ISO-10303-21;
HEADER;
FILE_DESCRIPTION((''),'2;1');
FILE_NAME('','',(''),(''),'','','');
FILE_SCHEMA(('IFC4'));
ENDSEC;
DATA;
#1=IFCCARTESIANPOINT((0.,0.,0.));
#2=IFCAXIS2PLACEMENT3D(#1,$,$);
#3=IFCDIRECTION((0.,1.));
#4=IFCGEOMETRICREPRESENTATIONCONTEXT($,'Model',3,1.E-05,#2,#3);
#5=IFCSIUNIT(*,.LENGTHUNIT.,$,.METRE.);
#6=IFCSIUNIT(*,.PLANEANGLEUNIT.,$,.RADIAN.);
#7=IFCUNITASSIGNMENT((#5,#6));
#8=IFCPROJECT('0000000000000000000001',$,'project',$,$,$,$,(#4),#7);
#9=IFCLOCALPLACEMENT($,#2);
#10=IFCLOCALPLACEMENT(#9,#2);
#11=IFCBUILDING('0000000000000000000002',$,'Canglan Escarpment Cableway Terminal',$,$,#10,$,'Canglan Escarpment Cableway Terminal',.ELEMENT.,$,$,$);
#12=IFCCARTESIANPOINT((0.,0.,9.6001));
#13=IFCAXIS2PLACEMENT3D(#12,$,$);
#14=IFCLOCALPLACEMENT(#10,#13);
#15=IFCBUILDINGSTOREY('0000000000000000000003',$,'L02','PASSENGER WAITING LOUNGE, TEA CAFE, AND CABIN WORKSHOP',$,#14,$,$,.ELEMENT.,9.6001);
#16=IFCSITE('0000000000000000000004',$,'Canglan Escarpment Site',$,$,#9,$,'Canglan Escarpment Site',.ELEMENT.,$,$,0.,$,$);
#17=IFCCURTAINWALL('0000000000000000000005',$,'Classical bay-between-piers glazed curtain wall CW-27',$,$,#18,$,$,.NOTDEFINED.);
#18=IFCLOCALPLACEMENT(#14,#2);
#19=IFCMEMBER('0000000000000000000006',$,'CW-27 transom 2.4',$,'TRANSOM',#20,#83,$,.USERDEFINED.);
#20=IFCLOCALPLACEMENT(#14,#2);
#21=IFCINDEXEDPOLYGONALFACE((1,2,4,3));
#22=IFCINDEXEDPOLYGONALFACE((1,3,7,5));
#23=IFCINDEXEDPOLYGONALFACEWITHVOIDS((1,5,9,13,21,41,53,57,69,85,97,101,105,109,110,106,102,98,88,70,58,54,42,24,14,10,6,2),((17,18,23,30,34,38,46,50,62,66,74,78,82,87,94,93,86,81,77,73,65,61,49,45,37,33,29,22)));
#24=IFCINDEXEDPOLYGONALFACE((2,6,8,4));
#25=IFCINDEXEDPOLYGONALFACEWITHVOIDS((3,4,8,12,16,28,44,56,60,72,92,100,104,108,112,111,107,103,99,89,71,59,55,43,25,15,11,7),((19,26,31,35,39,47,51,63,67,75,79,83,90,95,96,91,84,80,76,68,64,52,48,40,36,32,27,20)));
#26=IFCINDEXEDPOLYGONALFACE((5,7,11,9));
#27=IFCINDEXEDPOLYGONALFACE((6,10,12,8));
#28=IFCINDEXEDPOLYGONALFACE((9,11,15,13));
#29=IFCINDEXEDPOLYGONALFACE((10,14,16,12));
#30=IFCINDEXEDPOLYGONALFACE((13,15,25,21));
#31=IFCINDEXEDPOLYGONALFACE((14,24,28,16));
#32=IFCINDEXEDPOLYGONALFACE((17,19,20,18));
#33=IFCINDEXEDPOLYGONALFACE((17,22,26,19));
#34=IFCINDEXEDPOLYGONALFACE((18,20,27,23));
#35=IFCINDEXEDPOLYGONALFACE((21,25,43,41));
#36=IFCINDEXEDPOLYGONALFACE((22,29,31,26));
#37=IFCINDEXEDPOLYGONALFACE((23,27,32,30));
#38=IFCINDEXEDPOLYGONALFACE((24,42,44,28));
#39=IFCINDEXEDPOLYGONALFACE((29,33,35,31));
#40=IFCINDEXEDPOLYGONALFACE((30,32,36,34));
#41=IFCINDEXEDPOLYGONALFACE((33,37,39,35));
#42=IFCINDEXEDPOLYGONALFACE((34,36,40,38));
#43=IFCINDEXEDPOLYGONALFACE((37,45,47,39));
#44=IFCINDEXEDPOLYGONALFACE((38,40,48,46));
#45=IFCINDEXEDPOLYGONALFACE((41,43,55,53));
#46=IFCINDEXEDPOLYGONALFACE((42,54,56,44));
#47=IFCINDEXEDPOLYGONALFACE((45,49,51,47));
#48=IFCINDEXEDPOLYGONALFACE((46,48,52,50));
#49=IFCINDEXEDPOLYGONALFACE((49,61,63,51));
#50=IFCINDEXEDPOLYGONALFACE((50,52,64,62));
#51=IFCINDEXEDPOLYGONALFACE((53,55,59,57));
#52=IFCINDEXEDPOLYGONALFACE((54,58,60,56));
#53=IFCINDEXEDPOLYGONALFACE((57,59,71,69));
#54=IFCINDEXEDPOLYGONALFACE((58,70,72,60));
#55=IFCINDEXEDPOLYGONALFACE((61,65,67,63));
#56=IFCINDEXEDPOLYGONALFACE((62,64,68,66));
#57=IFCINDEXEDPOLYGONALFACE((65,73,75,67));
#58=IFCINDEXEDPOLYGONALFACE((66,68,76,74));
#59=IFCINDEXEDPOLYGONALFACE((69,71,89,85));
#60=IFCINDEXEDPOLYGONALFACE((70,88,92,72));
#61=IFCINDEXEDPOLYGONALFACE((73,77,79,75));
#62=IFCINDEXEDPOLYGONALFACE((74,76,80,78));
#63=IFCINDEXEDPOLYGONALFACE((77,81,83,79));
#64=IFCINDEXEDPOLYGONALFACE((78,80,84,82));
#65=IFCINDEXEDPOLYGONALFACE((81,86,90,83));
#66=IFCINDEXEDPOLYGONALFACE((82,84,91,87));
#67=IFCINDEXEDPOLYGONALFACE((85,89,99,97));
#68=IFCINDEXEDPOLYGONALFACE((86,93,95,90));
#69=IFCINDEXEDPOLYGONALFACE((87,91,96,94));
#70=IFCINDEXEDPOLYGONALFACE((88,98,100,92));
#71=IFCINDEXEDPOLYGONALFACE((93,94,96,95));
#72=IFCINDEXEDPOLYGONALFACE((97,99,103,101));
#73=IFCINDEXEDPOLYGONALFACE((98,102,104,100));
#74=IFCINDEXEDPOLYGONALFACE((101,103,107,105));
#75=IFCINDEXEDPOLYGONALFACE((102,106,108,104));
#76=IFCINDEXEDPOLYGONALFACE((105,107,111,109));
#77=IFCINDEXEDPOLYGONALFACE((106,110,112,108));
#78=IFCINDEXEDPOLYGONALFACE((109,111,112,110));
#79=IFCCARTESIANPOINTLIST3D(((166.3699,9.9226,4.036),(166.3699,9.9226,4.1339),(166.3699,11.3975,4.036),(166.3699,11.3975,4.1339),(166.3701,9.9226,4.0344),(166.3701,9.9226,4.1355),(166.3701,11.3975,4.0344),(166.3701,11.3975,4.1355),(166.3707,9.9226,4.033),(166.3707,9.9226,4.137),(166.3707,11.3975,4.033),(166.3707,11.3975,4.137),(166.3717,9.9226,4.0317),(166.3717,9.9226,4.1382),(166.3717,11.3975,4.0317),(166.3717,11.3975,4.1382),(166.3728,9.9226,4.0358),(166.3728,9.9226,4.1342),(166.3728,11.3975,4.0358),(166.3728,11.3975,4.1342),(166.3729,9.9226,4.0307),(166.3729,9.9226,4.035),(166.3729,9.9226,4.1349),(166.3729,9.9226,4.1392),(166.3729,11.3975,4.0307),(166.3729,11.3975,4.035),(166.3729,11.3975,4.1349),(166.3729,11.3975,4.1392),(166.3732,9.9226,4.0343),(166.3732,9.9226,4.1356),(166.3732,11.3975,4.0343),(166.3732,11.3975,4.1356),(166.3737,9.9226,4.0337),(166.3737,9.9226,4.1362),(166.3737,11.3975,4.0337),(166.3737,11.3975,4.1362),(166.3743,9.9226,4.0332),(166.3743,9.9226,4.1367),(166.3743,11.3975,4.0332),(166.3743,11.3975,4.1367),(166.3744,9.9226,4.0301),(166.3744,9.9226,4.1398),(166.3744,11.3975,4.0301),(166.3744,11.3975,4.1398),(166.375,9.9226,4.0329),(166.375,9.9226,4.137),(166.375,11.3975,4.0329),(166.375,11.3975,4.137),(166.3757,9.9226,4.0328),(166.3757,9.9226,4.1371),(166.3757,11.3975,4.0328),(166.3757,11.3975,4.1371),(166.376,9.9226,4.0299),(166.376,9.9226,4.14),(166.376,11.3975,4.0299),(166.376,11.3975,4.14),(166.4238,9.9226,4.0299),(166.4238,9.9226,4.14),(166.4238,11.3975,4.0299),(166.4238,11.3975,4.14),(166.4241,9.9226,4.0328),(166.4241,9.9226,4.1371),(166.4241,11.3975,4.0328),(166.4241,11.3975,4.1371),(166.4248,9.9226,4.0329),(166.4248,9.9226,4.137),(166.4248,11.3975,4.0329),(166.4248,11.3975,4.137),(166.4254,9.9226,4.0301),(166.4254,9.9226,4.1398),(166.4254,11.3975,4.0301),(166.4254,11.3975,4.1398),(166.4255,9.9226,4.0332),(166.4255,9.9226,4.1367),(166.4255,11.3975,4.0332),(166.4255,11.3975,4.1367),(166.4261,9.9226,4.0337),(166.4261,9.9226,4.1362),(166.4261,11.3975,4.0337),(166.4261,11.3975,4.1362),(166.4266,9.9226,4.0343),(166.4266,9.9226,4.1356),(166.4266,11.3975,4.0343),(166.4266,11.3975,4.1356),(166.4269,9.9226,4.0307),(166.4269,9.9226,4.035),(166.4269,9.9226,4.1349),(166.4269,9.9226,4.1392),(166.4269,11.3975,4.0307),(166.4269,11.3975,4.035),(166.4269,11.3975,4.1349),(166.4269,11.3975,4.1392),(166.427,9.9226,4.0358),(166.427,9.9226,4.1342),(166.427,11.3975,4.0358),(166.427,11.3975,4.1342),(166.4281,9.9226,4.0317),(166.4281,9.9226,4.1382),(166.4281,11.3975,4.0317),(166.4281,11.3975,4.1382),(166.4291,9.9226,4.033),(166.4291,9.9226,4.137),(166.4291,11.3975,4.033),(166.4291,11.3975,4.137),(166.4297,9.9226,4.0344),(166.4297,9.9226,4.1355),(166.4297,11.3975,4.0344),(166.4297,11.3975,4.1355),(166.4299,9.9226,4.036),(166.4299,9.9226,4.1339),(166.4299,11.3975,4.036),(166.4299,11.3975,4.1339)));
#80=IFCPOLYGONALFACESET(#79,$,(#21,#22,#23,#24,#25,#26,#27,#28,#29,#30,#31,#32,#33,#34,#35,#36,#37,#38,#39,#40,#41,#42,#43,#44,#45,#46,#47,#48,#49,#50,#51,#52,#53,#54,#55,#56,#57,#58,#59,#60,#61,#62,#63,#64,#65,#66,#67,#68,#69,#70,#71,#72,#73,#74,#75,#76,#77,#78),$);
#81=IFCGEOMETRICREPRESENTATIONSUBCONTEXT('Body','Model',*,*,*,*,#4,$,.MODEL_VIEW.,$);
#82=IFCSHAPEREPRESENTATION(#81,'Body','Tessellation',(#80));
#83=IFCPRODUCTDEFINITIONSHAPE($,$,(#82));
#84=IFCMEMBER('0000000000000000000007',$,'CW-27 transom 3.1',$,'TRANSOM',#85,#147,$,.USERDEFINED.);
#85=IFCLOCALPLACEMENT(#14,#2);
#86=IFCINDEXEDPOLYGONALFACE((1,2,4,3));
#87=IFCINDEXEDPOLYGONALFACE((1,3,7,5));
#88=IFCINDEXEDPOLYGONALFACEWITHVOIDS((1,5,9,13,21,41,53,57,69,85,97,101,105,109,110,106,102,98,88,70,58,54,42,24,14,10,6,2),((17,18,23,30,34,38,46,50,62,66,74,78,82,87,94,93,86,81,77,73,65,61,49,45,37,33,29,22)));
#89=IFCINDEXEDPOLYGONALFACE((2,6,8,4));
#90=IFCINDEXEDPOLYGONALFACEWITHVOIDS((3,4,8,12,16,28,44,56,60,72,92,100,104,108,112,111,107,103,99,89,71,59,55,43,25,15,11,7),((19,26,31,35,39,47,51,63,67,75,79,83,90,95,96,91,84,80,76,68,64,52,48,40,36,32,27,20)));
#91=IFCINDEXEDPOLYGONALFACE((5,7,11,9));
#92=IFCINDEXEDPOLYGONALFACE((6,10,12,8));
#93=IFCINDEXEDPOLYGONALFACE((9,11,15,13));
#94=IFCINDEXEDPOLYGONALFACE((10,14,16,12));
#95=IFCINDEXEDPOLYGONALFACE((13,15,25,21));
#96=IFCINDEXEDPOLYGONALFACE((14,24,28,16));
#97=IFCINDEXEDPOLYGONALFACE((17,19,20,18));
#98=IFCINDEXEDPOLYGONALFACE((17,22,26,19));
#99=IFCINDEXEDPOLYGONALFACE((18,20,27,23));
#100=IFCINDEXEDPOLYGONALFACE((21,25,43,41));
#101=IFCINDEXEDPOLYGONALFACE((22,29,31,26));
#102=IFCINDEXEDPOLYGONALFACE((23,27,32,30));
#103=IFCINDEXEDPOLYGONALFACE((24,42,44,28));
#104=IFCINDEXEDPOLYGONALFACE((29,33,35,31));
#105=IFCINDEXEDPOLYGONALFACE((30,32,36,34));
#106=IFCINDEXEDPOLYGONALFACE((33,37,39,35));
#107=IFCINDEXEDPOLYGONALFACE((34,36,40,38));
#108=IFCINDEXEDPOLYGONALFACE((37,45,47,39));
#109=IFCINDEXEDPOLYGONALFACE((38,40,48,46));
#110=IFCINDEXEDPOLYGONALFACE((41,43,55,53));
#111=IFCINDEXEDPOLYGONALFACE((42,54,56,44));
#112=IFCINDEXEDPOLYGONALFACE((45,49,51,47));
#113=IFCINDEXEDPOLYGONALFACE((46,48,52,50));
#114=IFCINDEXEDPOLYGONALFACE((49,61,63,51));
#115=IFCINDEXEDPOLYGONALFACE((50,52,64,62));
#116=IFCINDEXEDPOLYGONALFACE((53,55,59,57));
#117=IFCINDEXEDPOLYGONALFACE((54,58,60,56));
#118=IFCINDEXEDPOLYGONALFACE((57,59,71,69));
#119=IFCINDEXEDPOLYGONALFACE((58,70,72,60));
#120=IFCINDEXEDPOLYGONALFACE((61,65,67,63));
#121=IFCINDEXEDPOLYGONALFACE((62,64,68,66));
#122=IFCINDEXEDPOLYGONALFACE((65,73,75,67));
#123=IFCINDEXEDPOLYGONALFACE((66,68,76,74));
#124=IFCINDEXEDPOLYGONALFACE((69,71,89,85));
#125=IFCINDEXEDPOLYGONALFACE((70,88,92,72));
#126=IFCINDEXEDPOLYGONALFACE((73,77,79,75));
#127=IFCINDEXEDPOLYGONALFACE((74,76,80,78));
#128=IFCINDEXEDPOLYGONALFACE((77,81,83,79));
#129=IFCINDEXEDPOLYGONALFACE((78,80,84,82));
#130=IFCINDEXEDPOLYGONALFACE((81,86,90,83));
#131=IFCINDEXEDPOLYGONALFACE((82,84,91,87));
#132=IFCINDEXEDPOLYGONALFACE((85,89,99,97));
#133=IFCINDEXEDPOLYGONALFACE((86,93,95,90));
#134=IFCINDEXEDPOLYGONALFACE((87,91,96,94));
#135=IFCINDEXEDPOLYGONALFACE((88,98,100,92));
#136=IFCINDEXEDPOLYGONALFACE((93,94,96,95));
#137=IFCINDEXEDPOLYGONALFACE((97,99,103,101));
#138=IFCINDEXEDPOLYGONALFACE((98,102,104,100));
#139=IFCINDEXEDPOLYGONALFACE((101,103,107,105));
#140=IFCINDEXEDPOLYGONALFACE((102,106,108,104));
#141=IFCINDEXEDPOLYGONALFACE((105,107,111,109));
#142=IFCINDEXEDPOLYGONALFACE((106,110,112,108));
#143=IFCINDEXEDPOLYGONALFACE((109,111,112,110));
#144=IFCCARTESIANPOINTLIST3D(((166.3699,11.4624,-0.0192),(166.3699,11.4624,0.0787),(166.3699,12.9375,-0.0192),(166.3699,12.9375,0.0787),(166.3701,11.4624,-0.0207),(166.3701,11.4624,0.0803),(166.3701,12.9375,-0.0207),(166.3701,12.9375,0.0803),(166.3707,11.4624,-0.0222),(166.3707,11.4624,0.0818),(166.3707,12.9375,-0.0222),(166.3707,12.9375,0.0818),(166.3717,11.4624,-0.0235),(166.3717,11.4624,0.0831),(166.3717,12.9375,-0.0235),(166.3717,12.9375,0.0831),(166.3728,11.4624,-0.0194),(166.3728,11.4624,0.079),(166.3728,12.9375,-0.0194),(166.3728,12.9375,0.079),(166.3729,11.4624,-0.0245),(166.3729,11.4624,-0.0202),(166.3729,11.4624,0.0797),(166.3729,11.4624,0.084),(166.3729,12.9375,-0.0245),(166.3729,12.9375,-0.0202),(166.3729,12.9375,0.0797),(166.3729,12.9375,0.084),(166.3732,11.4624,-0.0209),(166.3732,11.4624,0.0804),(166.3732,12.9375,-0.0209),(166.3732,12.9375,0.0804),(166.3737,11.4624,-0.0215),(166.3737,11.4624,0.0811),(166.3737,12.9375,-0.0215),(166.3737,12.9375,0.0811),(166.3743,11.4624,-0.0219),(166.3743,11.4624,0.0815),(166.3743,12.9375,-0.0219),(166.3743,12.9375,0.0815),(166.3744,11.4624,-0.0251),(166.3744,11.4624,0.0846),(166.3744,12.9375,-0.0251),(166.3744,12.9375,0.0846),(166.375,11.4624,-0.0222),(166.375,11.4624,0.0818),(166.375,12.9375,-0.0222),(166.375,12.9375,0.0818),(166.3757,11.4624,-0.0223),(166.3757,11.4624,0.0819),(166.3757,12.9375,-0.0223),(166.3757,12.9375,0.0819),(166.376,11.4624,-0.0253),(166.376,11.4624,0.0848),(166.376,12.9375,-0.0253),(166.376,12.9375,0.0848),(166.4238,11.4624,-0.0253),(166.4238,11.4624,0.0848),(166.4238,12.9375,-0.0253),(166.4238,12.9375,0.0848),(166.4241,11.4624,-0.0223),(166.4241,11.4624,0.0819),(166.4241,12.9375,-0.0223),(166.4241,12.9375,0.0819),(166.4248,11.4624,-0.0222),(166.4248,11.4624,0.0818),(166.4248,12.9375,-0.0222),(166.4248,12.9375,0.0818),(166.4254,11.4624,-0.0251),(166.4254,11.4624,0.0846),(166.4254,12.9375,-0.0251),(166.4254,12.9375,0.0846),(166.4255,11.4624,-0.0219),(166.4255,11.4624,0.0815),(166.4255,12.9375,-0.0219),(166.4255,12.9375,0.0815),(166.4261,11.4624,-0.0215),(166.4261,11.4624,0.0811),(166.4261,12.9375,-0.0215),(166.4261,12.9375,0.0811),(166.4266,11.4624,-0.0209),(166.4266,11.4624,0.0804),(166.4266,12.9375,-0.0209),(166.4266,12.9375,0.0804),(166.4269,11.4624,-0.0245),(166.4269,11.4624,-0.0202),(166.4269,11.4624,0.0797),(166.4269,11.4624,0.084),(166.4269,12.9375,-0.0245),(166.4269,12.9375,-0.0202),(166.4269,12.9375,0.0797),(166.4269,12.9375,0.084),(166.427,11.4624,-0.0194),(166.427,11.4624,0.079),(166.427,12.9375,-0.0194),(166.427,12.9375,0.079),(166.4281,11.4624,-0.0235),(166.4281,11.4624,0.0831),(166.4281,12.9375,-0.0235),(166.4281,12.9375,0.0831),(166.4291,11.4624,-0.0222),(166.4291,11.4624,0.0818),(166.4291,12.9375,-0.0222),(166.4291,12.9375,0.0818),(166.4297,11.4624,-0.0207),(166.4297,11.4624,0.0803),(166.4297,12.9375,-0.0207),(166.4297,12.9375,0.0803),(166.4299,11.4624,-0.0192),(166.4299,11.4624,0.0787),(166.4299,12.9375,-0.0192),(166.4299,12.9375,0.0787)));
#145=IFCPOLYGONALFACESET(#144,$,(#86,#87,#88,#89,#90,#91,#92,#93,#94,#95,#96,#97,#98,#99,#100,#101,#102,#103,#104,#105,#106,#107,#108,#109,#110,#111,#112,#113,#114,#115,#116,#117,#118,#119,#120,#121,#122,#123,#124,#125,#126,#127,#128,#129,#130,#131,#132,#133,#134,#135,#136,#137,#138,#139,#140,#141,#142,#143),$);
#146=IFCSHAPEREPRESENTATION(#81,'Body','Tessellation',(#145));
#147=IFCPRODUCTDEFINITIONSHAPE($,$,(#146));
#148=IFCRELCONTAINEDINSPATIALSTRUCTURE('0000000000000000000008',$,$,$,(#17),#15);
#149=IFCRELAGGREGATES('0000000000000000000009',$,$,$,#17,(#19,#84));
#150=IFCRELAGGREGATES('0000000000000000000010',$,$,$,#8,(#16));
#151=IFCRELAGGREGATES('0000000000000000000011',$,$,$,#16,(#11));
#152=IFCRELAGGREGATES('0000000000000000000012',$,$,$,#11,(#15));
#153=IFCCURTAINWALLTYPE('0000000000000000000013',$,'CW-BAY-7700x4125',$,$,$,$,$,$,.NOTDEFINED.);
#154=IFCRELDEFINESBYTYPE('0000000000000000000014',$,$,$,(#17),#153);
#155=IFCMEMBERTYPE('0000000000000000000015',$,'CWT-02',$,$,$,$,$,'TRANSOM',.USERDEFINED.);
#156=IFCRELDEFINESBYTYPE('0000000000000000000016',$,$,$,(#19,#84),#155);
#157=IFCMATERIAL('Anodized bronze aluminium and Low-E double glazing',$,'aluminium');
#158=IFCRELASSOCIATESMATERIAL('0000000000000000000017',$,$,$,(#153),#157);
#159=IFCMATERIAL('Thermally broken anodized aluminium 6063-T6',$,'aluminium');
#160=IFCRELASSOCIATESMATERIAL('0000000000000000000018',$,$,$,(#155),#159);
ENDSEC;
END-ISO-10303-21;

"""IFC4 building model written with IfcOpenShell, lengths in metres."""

from ifc_helpers import new_model, si_unit, direction, frame, origin, origin_2d, place, context, subcontext, project, spatial, hollow_rectangle, extrude, material, material_profile, profile_set, type_object, element, aggregate, save


model = new_model("IFC4")

# Units and contexts
model_context = context("Model", 3, precision=1e-05, world=origin(), true_north=direction((0.0, 1.0)))
body_context = subcontext(model_context, "Body", "Model", "MODEL_VIEW")
ifc_project = project(units=[si_unit("LENGTHUNIT", "METRE"), si_unit("PLANEANGLEUNIT", "RADIAN")], contexts=[model_context])

# Site, building, storey
site_placement = place(None, origin())
site = spatial("IfcSite", under=ifc_project, at=site_placement, Name="Canglan Escarpment Site", LongName="Canglan Escarpment Site", CompositionType="ELEMENT", RefElevation=0.0)
building_placement = place(site_placement, origin())
building = spatial("IfcBuilding", under=site, at=building_placement, Name="Canglan Escarpment Cableway Terminal", LongName="Canglan Escarpment Cableway Terminal", CompositionType="ELEMENT")
storey_placement = place(building_placement, frame((0.0, 0.0, 9.6001)))
storey = spatial("IfcBuildingStorey", under=building, at=storey_placement, Name="L02", Description="PASSENGER WAITING LOUNGE, TEA CAFE, AND CABIN WORKSHOP", CompositionType="ELEMENT", Elevation=9.6001)

# Curtain wall, members
ifc_material_1 = material(Name="Anodized bronze aluminium and Low-E double glazing", Category="aluminium")
curtain_wall_type = type_object("IfcCurtainWallType", Name="CW-BAY-7700x4125", PredefinedType="NOTDEFINED", material=ifc_material_1)
curtain_wall_placement = place(storey_placement, origin())
curtain_wall = element("IfcCurtainWall", 1, at=curtain_wall_placement, inside=storey, type_object=curtain_wall_type, Name="Classical bay-between-piers glazed curtain wall CW-27", PredefinedType="NOTDEFINED")
ifc_material_2 = material(Name="Thermally broken anodized aluminium 6063-T6", Category="aluminium")
ifc_material_profile_1 = material_profile(ifc_material_2, hollow_rectangle(XDim=0.0601, YDim=0.1101, WallThickness=0.0029, InnerFilletRadius=0.0029, OuterFilletRadius=0.0061, at=origin_2d()), Name="ALU-TRAN 60x110x3")
ifc_profile_set_1 = profile_set([ifc_material_profile_1], Name="Thermally broken anodized aluminium 6063-T6")
member_type_1 = type_object("IfcMemberType", Name="CWT-02", ElementType="TRANSOM", PredefinedType="USERDEFINED", material=ifc_profile_set_1)
member_1_placement = place(storey_placement, frame((166.3999, 9.9226, 4.085), z_axis=(0.0, 1.0, 0.0), x_axis=(-1.0, 0.0, 0.0)))
member_1 = element("IfcMember", 2, at=member_1_placement, type_object=member_type_1, Name="CW-27 transom 2.4", ObjectType="TRANSOM", PredefinedType="USERDEFINED", context=body_context, shape_type="SweptSolid", body=[
    extrude(hollow_rectangle(XDim=0.0601, YDim=0.1101, WallThickness=0.0029, InnerFilletRadius=0.0029, OuterFilletRadius=0.0061, at=origin_2d()), origin(), (0.0, 0.0, 1.0), 1.4749),
])
member_2_placement = place(storey_placement, frame((166.3999, 11.4624, 0.0298), z_axis=(0.0, 1.0, 0.0), x_axis=(-1.0, 0.0, 0.0)))
member_2 = element("IfcMember", 3, at=member_2_placement, type_object=member_type_1, Name="CW-27 transom 3.1", ObjectType="TRANSOM", PredefinedType="USERDEFINED", context=body_context, shape_type="SweptSolid", body=[
    extrude(hollow_rectangle(XDim=0.0601, YDim=0.1101, WallThickness=0.0029, InnerFilletRadius=0.0029, OuterFilletRadius=0.0061, at=origin_2d()), origin(), (0.0, 0.0, 1.0), 1.4751),
])

aggregate(curtain_wall, [member_1, member_2])

save(model, "model.ifc")
